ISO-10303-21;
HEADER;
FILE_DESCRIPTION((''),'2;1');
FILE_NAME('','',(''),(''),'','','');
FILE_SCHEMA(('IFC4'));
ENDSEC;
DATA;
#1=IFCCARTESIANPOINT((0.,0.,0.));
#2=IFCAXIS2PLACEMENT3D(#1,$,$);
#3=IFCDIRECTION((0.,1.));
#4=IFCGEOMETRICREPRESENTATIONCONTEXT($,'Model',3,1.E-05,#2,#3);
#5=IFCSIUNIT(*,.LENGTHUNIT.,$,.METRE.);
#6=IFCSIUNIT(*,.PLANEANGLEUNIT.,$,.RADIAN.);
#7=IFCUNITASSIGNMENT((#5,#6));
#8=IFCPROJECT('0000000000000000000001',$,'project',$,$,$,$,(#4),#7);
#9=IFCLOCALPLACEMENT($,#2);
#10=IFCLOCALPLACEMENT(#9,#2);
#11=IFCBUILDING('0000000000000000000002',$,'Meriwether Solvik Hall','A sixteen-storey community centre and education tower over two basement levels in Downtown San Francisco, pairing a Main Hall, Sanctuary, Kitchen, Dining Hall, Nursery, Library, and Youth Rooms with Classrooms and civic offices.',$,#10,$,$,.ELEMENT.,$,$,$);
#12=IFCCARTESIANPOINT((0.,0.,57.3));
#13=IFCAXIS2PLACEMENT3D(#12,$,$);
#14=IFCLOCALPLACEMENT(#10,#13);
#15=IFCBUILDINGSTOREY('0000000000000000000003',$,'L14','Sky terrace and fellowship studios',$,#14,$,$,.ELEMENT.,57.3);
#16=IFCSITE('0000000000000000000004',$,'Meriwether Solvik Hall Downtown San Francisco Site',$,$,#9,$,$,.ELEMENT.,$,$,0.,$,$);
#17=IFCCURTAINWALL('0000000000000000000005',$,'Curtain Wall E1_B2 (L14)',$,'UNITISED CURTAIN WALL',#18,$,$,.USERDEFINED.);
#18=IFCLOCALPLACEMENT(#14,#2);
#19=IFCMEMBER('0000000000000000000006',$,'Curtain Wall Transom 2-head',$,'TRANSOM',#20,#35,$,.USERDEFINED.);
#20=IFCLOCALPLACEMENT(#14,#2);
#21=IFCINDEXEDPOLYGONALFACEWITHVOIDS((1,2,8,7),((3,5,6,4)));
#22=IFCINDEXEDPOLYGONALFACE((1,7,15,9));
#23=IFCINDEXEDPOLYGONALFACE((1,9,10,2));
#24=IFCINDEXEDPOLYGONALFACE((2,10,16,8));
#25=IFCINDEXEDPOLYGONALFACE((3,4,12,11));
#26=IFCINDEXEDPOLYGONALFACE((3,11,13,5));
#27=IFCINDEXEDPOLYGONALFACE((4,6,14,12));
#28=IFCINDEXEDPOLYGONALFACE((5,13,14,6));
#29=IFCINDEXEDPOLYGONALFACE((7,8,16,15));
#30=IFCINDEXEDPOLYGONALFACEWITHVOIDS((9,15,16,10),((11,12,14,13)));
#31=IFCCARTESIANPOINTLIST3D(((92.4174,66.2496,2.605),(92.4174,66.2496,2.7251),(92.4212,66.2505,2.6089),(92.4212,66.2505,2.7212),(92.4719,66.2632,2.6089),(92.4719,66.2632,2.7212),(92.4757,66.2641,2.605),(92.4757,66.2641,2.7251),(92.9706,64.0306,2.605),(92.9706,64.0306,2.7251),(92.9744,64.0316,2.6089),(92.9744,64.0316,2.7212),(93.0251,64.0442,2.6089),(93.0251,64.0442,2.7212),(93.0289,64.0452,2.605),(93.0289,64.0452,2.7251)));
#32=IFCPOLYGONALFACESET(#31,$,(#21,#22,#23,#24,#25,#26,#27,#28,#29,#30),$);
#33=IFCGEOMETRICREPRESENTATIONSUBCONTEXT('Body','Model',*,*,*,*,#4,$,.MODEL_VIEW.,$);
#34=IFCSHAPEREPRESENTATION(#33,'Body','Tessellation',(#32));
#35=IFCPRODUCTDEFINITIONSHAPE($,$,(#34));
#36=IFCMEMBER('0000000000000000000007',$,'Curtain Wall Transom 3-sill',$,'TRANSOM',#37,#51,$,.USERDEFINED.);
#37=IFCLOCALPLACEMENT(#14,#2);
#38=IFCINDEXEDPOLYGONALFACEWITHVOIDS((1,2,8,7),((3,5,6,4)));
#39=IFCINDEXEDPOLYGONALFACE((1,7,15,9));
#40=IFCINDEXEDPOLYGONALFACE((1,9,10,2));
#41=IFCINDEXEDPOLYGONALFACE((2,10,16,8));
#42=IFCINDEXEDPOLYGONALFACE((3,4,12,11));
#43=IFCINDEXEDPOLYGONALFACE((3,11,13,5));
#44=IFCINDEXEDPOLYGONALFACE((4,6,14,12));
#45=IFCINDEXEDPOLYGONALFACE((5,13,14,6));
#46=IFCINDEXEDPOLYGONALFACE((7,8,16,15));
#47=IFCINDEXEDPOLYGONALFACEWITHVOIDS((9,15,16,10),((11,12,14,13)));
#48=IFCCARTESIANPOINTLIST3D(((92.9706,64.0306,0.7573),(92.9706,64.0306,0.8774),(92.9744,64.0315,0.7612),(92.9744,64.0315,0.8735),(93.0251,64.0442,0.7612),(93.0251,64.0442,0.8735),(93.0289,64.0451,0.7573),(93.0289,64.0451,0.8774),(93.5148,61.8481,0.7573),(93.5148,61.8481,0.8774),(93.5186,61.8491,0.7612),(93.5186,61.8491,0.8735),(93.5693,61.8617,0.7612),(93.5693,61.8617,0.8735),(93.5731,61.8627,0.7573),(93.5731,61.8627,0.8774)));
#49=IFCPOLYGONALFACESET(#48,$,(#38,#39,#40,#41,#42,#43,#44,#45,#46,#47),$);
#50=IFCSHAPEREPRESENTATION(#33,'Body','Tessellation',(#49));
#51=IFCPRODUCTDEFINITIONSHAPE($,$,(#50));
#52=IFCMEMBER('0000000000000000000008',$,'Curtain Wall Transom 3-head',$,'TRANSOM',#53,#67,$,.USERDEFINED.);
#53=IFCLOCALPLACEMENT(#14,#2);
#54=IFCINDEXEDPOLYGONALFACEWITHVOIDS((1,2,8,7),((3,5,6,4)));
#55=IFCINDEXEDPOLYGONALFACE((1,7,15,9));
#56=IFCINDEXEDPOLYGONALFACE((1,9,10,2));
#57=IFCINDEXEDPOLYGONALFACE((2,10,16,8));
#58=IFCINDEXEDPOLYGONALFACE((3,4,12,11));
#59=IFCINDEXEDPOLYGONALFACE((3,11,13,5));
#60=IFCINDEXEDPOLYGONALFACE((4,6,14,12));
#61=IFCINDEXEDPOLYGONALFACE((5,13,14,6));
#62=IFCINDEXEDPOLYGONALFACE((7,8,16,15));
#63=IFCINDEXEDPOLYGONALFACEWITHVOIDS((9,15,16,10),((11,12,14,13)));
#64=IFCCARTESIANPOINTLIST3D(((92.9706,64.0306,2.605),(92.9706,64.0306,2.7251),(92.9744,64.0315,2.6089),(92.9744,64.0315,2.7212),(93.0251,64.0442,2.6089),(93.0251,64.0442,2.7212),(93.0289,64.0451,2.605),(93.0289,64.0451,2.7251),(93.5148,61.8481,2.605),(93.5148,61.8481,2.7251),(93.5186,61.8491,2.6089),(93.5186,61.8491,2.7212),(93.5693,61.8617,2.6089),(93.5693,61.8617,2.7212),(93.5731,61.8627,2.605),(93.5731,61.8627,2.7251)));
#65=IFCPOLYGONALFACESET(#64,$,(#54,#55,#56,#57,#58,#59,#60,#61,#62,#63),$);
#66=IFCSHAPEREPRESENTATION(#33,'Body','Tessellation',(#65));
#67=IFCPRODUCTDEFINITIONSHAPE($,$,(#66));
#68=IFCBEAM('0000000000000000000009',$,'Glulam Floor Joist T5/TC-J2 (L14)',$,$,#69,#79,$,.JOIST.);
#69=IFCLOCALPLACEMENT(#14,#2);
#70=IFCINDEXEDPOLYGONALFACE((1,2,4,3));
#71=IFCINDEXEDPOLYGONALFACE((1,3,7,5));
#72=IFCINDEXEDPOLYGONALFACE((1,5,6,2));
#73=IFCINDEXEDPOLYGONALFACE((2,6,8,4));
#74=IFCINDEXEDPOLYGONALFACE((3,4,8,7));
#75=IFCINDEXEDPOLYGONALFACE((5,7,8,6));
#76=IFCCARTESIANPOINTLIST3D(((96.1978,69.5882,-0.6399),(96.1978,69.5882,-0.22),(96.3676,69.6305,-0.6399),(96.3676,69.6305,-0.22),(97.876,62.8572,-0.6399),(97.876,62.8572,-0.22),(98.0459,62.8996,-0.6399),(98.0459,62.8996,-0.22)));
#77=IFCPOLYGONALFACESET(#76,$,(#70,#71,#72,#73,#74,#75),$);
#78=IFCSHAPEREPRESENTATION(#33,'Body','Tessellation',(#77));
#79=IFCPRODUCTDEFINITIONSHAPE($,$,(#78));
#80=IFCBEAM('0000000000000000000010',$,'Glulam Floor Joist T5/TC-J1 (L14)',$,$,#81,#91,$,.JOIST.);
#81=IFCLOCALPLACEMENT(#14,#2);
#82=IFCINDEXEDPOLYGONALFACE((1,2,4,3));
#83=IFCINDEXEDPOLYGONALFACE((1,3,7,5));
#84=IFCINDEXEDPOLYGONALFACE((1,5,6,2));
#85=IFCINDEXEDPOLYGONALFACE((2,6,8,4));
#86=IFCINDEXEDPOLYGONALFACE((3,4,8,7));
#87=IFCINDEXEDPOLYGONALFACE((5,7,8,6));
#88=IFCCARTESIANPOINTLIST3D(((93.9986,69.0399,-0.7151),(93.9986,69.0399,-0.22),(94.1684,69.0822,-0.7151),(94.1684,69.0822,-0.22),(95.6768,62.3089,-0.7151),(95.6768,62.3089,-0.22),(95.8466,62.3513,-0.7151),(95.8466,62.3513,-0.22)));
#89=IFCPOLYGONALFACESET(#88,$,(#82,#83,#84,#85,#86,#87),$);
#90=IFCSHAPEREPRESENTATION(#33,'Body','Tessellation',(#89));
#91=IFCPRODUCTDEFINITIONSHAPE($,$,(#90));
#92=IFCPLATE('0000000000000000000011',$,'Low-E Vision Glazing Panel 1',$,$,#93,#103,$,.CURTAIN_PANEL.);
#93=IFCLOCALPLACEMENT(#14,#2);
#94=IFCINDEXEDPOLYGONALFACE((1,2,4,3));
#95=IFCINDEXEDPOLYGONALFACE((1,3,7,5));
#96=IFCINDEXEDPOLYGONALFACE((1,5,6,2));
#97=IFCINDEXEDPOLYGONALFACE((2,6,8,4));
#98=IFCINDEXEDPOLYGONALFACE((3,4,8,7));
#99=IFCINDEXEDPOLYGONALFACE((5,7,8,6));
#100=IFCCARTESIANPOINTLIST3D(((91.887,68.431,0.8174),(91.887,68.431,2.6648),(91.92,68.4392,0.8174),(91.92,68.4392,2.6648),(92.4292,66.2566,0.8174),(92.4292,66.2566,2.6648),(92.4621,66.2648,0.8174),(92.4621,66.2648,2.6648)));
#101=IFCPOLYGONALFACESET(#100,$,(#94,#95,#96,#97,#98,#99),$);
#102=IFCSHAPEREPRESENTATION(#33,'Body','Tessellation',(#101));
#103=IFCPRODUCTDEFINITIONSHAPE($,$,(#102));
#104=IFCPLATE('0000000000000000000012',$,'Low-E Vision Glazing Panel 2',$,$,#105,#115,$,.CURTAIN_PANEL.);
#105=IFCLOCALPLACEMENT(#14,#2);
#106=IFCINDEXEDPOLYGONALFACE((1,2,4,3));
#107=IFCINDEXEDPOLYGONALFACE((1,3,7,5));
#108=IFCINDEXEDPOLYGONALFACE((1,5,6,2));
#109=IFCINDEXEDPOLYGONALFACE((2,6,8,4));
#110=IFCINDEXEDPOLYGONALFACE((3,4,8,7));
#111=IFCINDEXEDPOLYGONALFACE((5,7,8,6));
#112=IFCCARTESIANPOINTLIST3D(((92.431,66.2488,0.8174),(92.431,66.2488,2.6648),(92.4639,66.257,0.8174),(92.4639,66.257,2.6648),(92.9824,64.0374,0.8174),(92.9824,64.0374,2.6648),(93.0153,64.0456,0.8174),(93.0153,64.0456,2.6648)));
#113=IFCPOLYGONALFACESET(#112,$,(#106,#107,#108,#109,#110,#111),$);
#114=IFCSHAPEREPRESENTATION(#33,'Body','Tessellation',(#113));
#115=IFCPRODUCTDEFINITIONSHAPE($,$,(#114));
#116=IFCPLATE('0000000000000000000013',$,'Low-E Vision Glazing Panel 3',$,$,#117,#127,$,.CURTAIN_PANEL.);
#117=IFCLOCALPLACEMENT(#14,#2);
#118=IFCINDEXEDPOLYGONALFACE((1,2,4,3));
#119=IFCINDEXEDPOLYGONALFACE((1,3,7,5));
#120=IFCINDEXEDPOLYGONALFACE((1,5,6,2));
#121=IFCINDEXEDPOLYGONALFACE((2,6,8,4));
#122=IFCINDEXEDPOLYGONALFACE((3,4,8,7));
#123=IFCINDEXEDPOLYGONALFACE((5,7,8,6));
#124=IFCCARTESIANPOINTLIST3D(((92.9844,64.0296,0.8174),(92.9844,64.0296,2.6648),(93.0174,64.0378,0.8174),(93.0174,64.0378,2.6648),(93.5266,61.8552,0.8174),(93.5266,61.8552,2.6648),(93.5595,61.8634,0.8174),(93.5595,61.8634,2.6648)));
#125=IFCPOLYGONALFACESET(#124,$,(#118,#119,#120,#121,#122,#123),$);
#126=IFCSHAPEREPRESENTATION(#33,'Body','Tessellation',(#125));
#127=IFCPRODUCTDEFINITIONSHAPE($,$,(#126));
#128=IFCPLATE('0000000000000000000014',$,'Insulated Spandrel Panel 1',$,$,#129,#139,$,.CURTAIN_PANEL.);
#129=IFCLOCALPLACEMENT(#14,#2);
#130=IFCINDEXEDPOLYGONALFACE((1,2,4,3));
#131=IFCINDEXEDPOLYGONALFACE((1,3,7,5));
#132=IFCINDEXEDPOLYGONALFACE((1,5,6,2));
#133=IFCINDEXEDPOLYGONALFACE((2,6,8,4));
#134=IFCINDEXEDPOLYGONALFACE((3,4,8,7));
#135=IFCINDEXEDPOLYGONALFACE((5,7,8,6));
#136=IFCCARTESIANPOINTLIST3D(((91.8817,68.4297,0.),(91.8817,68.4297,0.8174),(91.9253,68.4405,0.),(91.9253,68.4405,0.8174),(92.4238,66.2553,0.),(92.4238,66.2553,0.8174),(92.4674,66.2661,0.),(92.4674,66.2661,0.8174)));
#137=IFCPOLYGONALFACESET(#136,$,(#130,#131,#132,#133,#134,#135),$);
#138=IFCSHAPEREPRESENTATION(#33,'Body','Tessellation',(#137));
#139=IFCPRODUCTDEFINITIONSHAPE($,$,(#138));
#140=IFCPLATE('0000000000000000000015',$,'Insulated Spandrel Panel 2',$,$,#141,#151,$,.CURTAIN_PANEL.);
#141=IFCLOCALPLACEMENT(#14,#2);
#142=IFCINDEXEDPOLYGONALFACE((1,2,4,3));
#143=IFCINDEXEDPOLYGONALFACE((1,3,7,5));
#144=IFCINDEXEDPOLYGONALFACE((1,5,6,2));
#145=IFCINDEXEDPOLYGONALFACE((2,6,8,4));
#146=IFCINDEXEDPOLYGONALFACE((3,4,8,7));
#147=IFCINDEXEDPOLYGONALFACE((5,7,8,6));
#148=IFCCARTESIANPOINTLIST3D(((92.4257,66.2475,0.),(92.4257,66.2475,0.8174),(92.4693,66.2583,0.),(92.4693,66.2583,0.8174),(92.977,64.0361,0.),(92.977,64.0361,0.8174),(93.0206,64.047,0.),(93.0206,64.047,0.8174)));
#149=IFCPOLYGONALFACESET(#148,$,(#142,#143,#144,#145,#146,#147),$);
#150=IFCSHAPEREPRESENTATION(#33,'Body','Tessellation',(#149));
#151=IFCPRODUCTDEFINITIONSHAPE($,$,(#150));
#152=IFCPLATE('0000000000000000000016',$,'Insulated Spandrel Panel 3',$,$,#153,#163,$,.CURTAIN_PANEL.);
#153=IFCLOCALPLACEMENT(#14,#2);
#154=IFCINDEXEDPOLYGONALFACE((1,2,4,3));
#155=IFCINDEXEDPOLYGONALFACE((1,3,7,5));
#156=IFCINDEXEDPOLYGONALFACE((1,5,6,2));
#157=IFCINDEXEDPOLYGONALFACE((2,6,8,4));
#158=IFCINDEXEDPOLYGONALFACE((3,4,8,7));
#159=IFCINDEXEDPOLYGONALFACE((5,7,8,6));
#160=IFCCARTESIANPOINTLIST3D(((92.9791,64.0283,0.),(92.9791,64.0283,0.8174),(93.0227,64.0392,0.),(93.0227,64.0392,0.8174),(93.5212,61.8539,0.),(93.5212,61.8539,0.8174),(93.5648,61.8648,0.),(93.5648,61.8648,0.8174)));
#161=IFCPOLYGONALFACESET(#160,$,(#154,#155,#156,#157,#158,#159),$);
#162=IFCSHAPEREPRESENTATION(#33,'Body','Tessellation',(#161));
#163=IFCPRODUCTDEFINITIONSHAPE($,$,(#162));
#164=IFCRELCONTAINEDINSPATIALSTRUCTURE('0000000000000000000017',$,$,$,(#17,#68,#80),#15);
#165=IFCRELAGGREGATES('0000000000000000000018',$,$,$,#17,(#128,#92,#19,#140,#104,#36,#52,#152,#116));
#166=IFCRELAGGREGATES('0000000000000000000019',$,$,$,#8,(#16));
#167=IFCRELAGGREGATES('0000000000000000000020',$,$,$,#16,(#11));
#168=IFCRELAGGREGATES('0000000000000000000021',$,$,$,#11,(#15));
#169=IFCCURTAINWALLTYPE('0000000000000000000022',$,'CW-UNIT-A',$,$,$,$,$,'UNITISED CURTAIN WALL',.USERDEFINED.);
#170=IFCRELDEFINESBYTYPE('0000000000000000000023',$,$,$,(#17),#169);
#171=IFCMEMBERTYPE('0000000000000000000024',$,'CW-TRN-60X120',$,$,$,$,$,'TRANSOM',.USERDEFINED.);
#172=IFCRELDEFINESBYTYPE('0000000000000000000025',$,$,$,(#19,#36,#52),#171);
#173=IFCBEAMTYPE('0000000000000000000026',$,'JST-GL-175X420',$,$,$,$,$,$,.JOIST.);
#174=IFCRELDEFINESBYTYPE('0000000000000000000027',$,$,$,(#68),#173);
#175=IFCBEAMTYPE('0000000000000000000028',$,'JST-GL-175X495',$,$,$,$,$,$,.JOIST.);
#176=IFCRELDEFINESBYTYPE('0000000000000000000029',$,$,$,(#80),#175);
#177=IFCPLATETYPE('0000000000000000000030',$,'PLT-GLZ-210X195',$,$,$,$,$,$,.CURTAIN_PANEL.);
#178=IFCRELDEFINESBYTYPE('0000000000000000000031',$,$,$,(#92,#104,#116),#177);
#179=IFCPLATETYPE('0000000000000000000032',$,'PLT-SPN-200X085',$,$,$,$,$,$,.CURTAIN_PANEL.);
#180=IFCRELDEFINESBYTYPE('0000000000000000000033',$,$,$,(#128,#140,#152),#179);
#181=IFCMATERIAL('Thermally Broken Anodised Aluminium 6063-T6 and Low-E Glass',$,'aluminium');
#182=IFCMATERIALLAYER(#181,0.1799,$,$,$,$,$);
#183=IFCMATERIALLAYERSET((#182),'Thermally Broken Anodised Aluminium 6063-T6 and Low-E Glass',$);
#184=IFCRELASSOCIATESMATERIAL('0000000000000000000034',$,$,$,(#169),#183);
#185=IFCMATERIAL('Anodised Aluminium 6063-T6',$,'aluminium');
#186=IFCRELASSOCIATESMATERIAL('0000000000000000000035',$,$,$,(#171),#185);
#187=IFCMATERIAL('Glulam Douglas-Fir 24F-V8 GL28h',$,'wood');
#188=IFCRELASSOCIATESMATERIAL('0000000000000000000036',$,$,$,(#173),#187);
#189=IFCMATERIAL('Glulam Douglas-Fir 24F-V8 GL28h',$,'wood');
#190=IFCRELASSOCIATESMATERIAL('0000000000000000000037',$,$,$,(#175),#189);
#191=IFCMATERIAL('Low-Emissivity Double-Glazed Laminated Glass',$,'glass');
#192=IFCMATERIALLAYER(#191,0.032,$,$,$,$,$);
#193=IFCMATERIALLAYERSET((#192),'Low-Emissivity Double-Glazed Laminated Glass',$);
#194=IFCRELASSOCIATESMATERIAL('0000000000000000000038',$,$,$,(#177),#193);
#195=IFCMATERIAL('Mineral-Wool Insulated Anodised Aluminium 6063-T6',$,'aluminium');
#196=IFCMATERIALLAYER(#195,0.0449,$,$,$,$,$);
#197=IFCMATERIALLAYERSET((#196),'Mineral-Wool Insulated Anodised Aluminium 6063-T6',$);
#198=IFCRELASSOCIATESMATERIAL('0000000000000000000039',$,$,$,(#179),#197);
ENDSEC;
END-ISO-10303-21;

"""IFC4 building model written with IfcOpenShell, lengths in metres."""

from ifc_helpers import new_model, si_unit, direction, frame, origin, origin_2d, place, context, subcontext, project, spatial, rectangle, hollow_rectangle, extrude, material, layer, layer_set, material_profile, profile_set, type_object, element, aggregate, save


model = new_model("IFC4")

# Units and contexts
model_context = context("Model", 3, precision=1e-05, world=origin(), true_north=direction((0.0, 1.0)))
body_context = subcontext(model_context, "Body", "Model", "MODEL_VIEW")
ifc_project = project(units=[si_unit("LENGTHUNIT", "METRE"), si_unit("PLANEANGLEUNIT", "RADIAN")], contexts=[model_context])

# Site, building, storey
site_placement = place(None, origin())
site = spatial("IfcSite", under=ifc_project, at=site_placement, Name="Meriwether Solvik Hall Downtown San Francisco Site", CompositionType="ELEMENT", RefElevation=0.0)
building_placement = place(site_placement, origin())
building = spatial("IfcBuilding", under=site, at=building_placement, Name="Meriwether Solvik Hall", Description="A sixteen-storey community centre and education tower over two basement levels in Downtown San Francisco, pairing a Main Hall, Sanctuary, Kitchen, Dining Hall, Nursery, Library, and Youth Rooms with Classrooms and civic offices.", CompositionType="ELEMENT")
storey_placement = place(building_placement, frame((0.0, 0.0, 57.3)))
storey = spatial("IfcBuildingStorey", under=building, at=storey_placement, Name="L14", Description="Sky terrace and fellowship studios", CompositionType="ELEMENT", Elevation=57.3)

# Curtain wall, members
ifc_material_1 = material(Name="Thermally Broken Anodised Aluminium 6063-T6 and Low-E Glass", Category="aluminium")
ifc_layer_1 = layer(ifc_material_1, 0.1799)
ifc_layer_set_1 = layer_set([ifc_layer_1], Name="Thermally Broken Anodised Aluminium 6063-T6 and Low-E Glass")
curtain_wall_type = type_object("IfcCurtainWallType", Name="CW-UNIT-A", ElementType="UNITISED CURTAIN WALL", PredefinedType="USERDEFINED", material=ifc_layer_set_1)
curtain_wall_placement = place(storey_placement, origin())
curtain_wall = element("IfcCurtainWall", 1, at=curtain_wall_placement, inside=storey, type_object=curtain_wall_type, Name="Curtain Wall E1_B2 (L14)", ObjectType="UNITISED CURTAIN WALL", PredefinedType="USERDEFINED")
ifc_material_2 = material(Name="Anodised Aluminium 6063-T6", Category="aluminium")
ifc_material_profile_1 = material_profile(ifc_material_2, hollow_rectangle(XDim=0.0601, YDim=0.1201, WallThickness=0.0039, at=origin_2d()), Name="CWT-60X120")
ifc_profile_set_1 = profile_set([ifc_material_profile_1], Name="Anodised Aluminium 6063-T6")
member_type_1 = type_object("IfcMemberType", Name="CW-TRN-60X120", ElementType="TRANSOM", PredefinedType="USERDEFINED", material=ifc_profile_set_1)
member_1_placement = place(storey_placement, frame((92.4465, 66.2568, 2.665), z_axis=(0.241908, -0.970299, 0.0), x_axis=(0.970299, 0.241908, 0.0)))
member_1 = element("IfcMember", 2, at=member_1_placement, type_object=member_type_1, Name="Curtain Wall Transom 2-head", ObjectType="TRANSOM", PredefinedType="USERDEFINED", context=body_context, shape_type="SweptSolid", body=[
    extrude(hollow_rectangle(XDim=0.0601, YDim=0.1201, WallThickness=0.0039, at=origin_2d()), origin(), (0.0, 0.0, 1.0), 2.2869),
])
member_2_placement = place(storey_placement, frame((92.9998, 64.0378, 0.8174), z_axis=(0.241948, -0.970289, 0.0), x_axis=(0.970289, 0.241948, 0.0)))
member_2 = element("IfcMember", 3, at=member_2_placement, type_object=member_type_1, Name="Curtain Wall Transom 3-sill", ObjectType="TRANSOM", PredefinedType="USERDEFINED", context=body_context, shape_type="SweptSolid", body=[
    extrude(hollow_rectangle(XDim=0.0601, YDim=0.1201, WallThickness=0.0039, at=origin_2d()), origin(), (0.0, 0.0, 1.0), 2.2493),
])
member_3_placement = place(storey_placement, frame((92.9998, 64.0378, 2.665), z_axis=(0.241948, -0.970289, 0.0), x_axis=(0.970289, 0.241948, 0.0)))
member_3 = element("IfcMember", 4, at=member_3_placement, type_object=member_type_1, Name="Curtain Wall Transom 3-head", ObjectType="TRANSOM", PredefinedType="USERDEFINED", context=body_context, shape_type="SweptSolid", body=[
    extrude(hollow_rectangle(XDim=0.0601, YDim=0.1201, WallThickness=0.0039, at=origin_2d()), origin(), (0.0, 0.0, 1.0), 2.2493),
])

# Beams
ifc_material_3 = material(Name="Glulam Douglas-Fir 24F-V8 GL28h", Category="wood")
ifc_material_profile_2 = material_profile(ifc_material_3, rectangle(XDim=0.175, YDim=0.4199, at=origin_2d()), Name="GLJ-175X420")
ifc_profile_set_2 = profile_set([ifc_material_profile_2], Name="Glulam Douglas-Fir 24F-V8 GL28h")
beam_type_1 = type_object("IfcBeamType", Name="JST-GL-175X420", PredefinedType="JOIST", material=ifc_profile_set_2)
beam_1_placement = place(storey_placement, frame((97.9609, 62.8784, -0.4299), z_axis=(-0.241923, 0.970296, 0.0), x_axis=(-0.970296, -0.241923, 0.0)))
element("IfcBeam", 5, at=beam_1_placement, inside=storey, type_object=beam_type_1, Name="Glulam Floor Joist T5/TC-J2 (L14)", PredefinedType="JOIST", context=body_context, shape_type="SweptSolid", body=[
    extrude(rectangle(XDim=0.175, YDim=0.4199, at=origin_2d()), origin(), (0.0, 0.0, 1.0), 6.937),
])
ifc_material_4 = material(Name="Glulam Douglas-Fir 24F-V8 GL28h", Category="wood")
ifc_material_profile_3 = material_profile(ifc_material_4, rectangle(XDim=0.175, YDim=0.4951, at=origin_2d()), Name="GLJ-175X495")
ifc_profile_set_3 = profile_set([ifc_material_profile_3], Name="Glulam Douglas-Fir 24F-V8 GL28h")
beam_type_2 = type_object("IfcBeamType", Name="JST-GL-175X495", PredefinedType="JOIST", material=ifc_profile_set_3)
beam_2_placement = place(storey_placement, frame((95.7617, 62.3301, -0.4675), z_axis=(-0.241923, 0.970296, 0.0), x_axis=(-0.970296, -0.241923, 0.0)))
element("IfcBeam", 6, at=beam_2_placement, inside=storey, type_object=beam_type_2, Name="Glulam Floor Joist T5/TC-J1 (L14)", PredefinedType="JOIST", context=body_context, shape_type="SweptSolid", body=[
    extrude(rectangle(XDim=0.175, YDim=0.4951, at=origin_2d()), origin(), (0.0, 0.0, 1.0), 6.937),
])

# Plates
ifc_material_5 = material(Name="Low-Emissivity Double-Glazed Laminated Glass", Category="glass")
ifc_layer_2 = layer(ifc_material_5, 0.032)
ifc_layer_set_2 = layer_set([ifc_layer_2], Name="Low-Emissivity Double-Glazed Laminated Glass")
plate_type_1 = type_object("IfcPlateType", Name="PLT-GLZ-210X195", PredefinedType="CURTAIN_PANEL", material=ifc_layer_set_2)
plate_1_placement = place(storey_placement, frame((92.1746, 67.3479, 0.8174), z_axis=(0.0, 0.0, 1.0), x_axis=(0.241922, -0.970296, 0.0)))
plate_1 = element("IfcPlate", 7, at=plate_1_placement, type_object=plate_type_1, Name="Low-E Vision Glazing Panel 1", PredefinedType="CURTAIN_PANEL", context=body_context, shape_type="SweptSolid", body=[
    extrude(rectangle(XDim=2.241, YDim=0.0339, at=origin_2d()), origin(), (0.0, 0.0, 1.0), 1.8474),
])
plate_2_placement = place(storey_placement, frame((92.7231, 65.1472, 0.8174), z_axis=(0.0, 0.0, 1.0), x_axis=(0.241922, -0.970296, 0.0)))
plate_2 = element("IfcPlate", 8, at=plate_2_placement, type_object=plate_type_1, Name="Low-E Vision Glazing Panel 2", PredefinedType="CURTAIN_PANEL", context=body_context, shape_type="SweptSolid", body=[
    extrude(rectangle(XDim=2.2791, YDim=0.0339, at=origin_2d()), origin(), (0.0, 0.0, 1.0), 1.8474),
])
plate_3_placement = place(storey_placement, frame((93.272, 62.9465, 0.8174), z_axis=(0.0, 0.0, 1.0), x_axis=(0.241922, -0.970296, 0.0)))
plate_3 = element("IfcPlate", 9, at=plate_3_placement, type_object=plate_type_1, Name="Low-E Vision Glazing Panel 3", PredefinedType="CURTAIN_PANEL", context=body_context, shape_type="SweptSolid", body=[
    extrude(rectangle(XDim=2.241, YDim=0.0339, at=origin_2d()), origin(), (0.0, 0.0, 1.0), 1.8474),
])
ifc_material_6 = material(Name="Mineral-Wool Insulated Anodised Aluminium 6063-T6", Category="aluminium")
ifc_layer_3 = layer(ifc_material_6, 0.0449)
ifc_layer_set_3 = layer_set([ifc_layer_3], Name="Mineral-Wool Insulated Anodised Aluminium 6063-T6")
plate_type_2 = type_object("IfcPlateType", Name="PLT-SPN-200X085", PredefinedType="CURTAIN_PANEL", material=ifc_layer_set_3)
plate_4_placement = place(storey_placement, frame((92.1746, 67.3479, 0.0), z_axis=(0.0, 0.0, 1.0), x_axis=(0.241922, -0.970296, 0.0)))
plate_4 = element("IfcPlate", 10, at=plate_4_placement, type_object=plate_type_2, Name="Insulated Spandrel Panel 1", PredefinedType="CURTAIN_PANEL", context=body_context, shape_type="SweptSolid", body=[
    extrude(rectangle(XDim=2.241, YDim=0.0449, at=origin_2d()), origin(), (0.0, 0.0, 1.0), 0.8174),
])
plate_5_placement = place(storey_placement, frame((92.7231, 65.1472, 0.0), z_axis=(0.0, 0.0, 1.0), x_axis=(0.241922, -0.970296, 0.0)))
plate_5 = element("IfcPlate", 11, at=plate_5_placement, type_object=plate_type_2, Name="Insulated Spandrel Panel 2", PredefinedType="CURTAIN_PANEL", context=body_context, shape_type="SweptSolid", body=[
    extrude(rectangle(XDim=2.2791, YDim=0.0449, at=origin_2d()), origin(), (0.0, 0.0, 1.0), 0.8174),
])
plate_6_placement = place(storey_placement, frame((93.272, 62.9465, 0.0), z_axis=(0.0, 0.0, 1.0), x_axis=(0.241922, -0.970296, 0.0)))
plate_6 = element("IfcPlate", 12, at=plate_6_placement, type_object=plate_type_2, Name="Insulated Spandrel Panel 3", PredefinedType="CURTAIN_PANEL", context=body_context, shape_type="SweptSolid", body=[
    extrude(rectangle(XDim=2.241, YDim=0.0449, at=origin_2d()), origin(), (0.0, 0.0, 1.0), 0.8174),
])
aggregate(curtain_wall, [plate_4, plate_1, member_1, plate_5, plate_2, member_2, member_3, plate_6, plate_3])

save(model, "model.ifc")
